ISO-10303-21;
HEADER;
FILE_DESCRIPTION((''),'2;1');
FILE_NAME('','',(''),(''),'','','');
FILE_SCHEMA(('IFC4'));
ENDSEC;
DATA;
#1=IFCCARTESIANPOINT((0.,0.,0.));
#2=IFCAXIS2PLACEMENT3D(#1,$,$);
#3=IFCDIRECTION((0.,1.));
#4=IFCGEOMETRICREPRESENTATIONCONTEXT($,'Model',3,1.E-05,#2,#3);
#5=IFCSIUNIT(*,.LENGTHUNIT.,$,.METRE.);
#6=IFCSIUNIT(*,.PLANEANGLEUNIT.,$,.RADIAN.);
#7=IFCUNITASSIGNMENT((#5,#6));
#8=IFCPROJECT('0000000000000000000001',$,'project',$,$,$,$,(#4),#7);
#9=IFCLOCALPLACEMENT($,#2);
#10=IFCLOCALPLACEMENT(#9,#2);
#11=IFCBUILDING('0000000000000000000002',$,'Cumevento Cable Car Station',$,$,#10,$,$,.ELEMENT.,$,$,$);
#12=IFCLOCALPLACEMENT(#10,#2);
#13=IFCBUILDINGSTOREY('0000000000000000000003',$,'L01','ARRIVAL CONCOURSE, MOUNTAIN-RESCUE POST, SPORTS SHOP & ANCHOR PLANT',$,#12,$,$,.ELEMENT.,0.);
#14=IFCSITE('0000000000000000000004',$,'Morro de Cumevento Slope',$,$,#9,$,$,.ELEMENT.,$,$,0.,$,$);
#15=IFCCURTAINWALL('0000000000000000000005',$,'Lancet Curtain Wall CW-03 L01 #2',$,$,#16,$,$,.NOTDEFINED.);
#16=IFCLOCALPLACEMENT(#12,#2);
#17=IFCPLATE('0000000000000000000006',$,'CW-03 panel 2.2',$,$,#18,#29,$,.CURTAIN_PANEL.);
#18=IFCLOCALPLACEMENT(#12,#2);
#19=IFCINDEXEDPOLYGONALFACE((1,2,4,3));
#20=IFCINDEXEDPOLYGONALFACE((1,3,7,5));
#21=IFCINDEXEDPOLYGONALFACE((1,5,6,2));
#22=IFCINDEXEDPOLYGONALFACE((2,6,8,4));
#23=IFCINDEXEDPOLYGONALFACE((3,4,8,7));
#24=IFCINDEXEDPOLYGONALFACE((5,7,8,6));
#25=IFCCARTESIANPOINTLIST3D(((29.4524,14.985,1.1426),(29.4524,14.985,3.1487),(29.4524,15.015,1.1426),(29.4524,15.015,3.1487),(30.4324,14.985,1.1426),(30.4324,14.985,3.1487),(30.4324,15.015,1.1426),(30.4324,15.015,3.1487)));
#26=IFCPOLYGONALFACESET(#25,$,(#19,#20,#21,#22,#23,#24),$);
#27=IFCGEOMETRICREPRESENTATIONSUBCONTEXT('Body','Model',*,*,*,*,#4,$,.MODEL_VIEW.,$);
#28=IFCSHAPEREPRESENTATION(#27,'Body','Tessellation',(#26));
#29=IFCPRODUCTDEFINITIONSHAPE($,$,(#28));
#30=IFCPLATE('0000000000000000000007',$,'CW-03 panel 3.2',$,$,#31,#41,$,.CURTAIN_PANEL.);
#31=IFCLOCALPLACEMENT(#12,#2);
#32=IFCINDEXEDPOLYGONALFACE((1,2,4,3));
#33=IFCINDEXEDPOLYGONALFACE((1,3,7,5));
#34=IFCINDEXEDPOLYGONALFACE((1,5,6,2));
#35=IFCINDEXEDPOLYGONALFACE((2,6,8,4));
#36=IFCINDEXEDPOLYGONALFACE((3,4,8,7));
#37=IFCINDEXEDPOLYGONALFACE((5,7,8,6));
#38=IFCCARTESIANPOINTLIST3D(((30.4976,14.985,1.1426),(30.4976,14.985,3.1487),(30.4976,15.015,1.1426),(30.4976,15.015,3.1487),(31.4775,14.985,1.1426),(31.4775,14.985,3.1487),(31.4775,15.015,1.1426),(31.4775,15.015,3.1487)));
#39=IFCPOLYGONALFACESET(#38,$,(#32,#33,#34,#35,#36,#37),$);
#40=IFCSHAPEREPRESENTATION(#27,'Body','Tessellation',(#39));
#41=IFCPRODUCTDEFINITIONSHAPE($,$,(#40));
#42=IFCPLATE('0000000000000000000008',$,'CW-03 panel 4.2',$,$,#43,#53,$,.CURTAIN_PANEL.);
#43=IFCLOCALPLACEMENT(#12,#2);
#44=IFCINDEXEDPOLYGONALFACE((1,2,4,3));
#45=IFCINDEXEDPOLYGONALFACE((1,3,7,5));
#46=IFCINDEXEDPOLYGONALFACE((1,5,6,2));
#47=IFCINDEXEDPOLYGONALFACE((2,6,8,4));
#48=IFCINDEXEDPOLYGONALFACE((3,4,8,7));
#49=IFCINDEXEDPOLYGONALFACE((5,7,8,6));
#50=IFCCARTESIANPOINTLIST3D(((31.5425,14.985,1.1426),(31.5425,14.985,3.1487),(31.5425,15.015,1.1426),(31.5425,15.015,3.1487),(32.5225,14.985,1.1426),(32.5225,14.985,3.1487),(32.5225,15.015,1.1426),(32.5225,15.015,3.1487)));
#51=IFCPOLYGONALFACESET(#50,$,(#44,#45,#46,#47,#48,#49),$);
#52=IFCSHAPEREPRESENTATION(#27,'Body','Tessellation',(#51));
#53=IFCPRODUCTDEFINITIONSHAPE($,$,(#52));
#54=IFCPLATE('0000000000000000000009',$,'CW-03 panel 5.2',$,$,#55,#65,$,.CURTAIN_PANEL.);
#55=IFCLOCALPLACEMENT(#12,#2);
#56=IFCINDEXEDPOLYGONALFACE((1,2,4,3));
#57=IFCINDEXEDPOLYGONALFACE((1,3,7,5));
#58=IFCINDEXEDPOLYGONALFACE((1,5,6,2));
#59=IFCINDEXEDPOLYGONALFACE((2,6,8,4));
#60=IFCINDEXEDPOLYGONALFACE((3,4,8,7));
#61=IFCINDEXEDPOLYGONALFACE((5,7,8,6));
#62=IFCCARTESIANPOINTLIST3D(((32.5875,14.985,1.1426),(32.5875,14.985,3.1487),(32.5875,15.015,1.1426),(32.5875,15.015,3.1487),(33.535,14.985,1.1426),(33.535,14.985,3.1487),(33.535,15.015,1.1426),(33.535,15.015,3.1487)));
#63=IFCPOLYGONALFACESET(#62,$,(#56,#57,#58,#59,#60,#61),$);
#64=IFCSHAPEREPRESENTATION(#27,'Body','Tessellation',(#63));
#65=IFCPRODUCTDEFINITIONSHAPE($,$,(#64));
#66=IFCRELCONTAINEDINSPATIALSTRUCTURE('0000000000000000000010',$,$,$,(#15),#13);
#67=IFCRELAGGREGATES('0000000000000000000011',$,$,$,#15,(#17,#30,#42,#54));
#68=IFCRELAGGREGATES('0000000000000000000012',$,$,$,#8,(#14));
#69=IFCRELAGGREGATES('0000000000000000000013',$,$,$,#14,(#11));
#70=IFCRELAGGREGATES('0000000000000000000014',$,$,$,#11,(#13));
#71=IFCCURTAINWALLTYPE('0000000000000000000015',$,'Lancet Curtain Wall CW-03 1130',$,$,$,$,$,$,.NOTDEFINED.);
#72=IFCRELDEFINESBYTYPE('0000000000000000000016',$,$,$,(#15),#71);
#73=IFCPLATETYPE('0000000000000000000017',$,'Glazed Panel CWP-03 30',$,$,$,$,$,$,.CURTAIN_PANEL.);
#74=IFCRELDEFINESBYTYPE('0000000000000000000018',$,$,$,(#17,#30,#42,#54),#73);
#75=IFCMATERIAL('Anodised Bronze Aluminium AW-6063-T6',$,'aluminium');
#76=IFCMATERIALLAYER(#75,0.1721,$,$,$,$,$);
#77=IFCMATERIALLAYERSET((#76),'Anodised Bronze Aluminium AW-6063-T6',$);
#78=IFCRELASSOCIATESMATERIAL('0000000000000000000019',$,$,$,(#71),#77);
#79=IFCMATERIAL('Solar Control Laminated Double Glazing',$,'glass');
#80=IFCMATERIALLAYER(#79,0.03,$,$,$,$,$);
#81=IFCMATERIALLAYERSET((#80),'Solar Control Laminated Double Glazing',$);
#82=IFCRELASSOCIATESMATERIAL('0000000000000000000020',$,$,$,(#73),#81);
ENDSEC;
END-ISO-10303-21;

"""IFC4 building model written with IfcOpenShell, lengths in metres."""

from ifc_helpers import new_model, si_unit, direction, frame, origin, origin_2d, place, context, subcontext, project, spatial, rectangle, extrude, material, layer, layer_set, type_object, element, aggregate, save


model = new_model("IFC4")

# Units and contexts
model_context = context("Model", 3, precision=1e-05, world=origin(), true_north=direction((0.0, 1.0)))
body_context = subcontext(model_context, "Body", "Model", "MODEL_VIEW")
ifc_project = project(units=[si_unit("LENGTHUNIT", "METRE"), si_unit("PLANEANGLEUNIT", "RADIAN")], contexts=[model_context])

# Site, building, storey
site_placement = place(None, origin())
site = spatial("IfcSite", under=ifc_project, at=site_placement, Name="Morro de Cumevento Slope", CompositionType="ELEMENT", RefElevation=0.0)
building_placement = place(site_placement, origin())
building = spatial("IfcBuilding", under=site, at=building_placement, Name="Cumevento Cable Car Station", CompositionType="ELEMENT")
storey_placement = place(building_placement, origin())
storey = spatial("IfcBuildingStorey", under=building, at=storey_placement, Name="L01", Description="ARRIVAL CONCOURSE, MOUNTAIN-RESCUE POST, SPORTS SHOP & ANCHOR PLANT", CompositionType="ELEMENT", Elevation=0.0)

# Curtain wall
ifc_material_1 = material(Name="Anodised Bronze Aluminium AW-6063-T6", Category="aluminium")
ifc_layer_1 = layer(ifc_material_1, 0.1721)
ifc_layer_set_1 = layer_set([ifc_layer_1], Name="Anodised Bronze Aluminium AW-6063-T6")
curtain_wall_type_1 = type_object("IfcCurtainWallType", Name="Lancet Curtain Wall CW-03 1130", PredefinedType="NOTDEFINED", material=ifc_layer_set_1)
curtain_wall_1_placement = place(storey_placement, origin())
curtain_wall_1 = element("IfcCurtainWall", 1, at=curtain_wall_1_placement, inside=storey, type_object=curtain_wall_type_1, Name="Lancet Curtain Wall CW-03 L01 #2", PredefinedType="NOTDEFINED")

# Plates
ifc_material_2 = material(Name="Solar Control Laminated Double Glazing", Category="glass")
ifc_layer_2 = layer(ifc_material_2, 0.03)
ifc_layer_set_2 = layer_set([ifc_layer_2], Name="Solar Control Laminated Double Glazing")
plate_type_1 = type_object("IfcPlateType", Name="Glazed Panel CWP-03 30", PredefinedType="CURTAIN_PANEL", material=ifc_layer_set_2)
plate_1_placement = place(storey_placement, frame((29.9424, 15.0, 1.1426), z_axis=(0.0, 0.0, 1.0), x_axis=(1.0, 0.0, 0.0)))
plate_1 = element("IfcPlate", 2, at=plate_1_placement, type_object=plate_type_1, Name="CW-03 panel 2.2", PredefinedType="CURTAIN_PANEL", context=body_context, shape_type="SweptSolid", body=[
    extrude(rectangle(XDim=0.98, YDim=0.03, at=origin_2d()), origin(), (0.0, 0.0, 1.0), 2.0061),
])
plate_2_placement = place(storey_placement, frame((30.9875, 15.0, 1.1426), z_axis=(0.0, 0.0, 1.0), x_axis=(1.0, 0.0, 0.0)))
plate_2 = element("IfcPlate", 3, at=plate_2_placement, type_object=plate_type_1, Name="CW-03 panel 3.2", PredefinedType="CURTAIN_PANEL", context=body_context, shape_type="SweptSolid", body=[
    extrude(rectangle(XDim=0.98, YDim=0.03, at=origin_2d()), origin(), (0.0, 0.0, 1.0), 2.0061),
])
plate_3_placement = place(storey_placement, frame((32.0325, 15.0, 1.1426), z_axis=(0.0, 0.0, 1.0), x_axis=(1.0, 0.0, 0.0)))
plate_3 = element("IfcPlate", 4, at=plate_3_placement, type_object=plate_type_1, Name="CW-03 panel 4.2", PredefinedType="CURTAIN_PANEL", context=body_context, shape_type="SweptSolid", body=[
    extrude(rectangle(XDim=0.98, YDim=0.03, at=origin_2d()), origin(), (0.0, 0.0, 1.0), 2.0061),
])
plate_4_placement = place(storey_placement, frame((33.0613, 15.0, 1.1426), z_axis=(0.0, 0.0, 1.0), x_axis=(1.0, 0.0, 0.0)))
plate_4 = element("IfcPlate", 5, at=plate_4_placement, type_object=plate_type_1, Name="CW-03 panel 5.2", PredefinedType="CURTAIN_PANEL", context=body_context, shape_type="SweptSolid", body=[
    extrude(rectangle(XDim=0.9475, YDim=0.03, at=origin_2d()), origin(), (0.0, 0.0, 1.0), 2.0061),
])
aggregate(curtain_wall_1, [plate_1, plate_2, plate_3, plate_4])

save(model, "model.ifc")
